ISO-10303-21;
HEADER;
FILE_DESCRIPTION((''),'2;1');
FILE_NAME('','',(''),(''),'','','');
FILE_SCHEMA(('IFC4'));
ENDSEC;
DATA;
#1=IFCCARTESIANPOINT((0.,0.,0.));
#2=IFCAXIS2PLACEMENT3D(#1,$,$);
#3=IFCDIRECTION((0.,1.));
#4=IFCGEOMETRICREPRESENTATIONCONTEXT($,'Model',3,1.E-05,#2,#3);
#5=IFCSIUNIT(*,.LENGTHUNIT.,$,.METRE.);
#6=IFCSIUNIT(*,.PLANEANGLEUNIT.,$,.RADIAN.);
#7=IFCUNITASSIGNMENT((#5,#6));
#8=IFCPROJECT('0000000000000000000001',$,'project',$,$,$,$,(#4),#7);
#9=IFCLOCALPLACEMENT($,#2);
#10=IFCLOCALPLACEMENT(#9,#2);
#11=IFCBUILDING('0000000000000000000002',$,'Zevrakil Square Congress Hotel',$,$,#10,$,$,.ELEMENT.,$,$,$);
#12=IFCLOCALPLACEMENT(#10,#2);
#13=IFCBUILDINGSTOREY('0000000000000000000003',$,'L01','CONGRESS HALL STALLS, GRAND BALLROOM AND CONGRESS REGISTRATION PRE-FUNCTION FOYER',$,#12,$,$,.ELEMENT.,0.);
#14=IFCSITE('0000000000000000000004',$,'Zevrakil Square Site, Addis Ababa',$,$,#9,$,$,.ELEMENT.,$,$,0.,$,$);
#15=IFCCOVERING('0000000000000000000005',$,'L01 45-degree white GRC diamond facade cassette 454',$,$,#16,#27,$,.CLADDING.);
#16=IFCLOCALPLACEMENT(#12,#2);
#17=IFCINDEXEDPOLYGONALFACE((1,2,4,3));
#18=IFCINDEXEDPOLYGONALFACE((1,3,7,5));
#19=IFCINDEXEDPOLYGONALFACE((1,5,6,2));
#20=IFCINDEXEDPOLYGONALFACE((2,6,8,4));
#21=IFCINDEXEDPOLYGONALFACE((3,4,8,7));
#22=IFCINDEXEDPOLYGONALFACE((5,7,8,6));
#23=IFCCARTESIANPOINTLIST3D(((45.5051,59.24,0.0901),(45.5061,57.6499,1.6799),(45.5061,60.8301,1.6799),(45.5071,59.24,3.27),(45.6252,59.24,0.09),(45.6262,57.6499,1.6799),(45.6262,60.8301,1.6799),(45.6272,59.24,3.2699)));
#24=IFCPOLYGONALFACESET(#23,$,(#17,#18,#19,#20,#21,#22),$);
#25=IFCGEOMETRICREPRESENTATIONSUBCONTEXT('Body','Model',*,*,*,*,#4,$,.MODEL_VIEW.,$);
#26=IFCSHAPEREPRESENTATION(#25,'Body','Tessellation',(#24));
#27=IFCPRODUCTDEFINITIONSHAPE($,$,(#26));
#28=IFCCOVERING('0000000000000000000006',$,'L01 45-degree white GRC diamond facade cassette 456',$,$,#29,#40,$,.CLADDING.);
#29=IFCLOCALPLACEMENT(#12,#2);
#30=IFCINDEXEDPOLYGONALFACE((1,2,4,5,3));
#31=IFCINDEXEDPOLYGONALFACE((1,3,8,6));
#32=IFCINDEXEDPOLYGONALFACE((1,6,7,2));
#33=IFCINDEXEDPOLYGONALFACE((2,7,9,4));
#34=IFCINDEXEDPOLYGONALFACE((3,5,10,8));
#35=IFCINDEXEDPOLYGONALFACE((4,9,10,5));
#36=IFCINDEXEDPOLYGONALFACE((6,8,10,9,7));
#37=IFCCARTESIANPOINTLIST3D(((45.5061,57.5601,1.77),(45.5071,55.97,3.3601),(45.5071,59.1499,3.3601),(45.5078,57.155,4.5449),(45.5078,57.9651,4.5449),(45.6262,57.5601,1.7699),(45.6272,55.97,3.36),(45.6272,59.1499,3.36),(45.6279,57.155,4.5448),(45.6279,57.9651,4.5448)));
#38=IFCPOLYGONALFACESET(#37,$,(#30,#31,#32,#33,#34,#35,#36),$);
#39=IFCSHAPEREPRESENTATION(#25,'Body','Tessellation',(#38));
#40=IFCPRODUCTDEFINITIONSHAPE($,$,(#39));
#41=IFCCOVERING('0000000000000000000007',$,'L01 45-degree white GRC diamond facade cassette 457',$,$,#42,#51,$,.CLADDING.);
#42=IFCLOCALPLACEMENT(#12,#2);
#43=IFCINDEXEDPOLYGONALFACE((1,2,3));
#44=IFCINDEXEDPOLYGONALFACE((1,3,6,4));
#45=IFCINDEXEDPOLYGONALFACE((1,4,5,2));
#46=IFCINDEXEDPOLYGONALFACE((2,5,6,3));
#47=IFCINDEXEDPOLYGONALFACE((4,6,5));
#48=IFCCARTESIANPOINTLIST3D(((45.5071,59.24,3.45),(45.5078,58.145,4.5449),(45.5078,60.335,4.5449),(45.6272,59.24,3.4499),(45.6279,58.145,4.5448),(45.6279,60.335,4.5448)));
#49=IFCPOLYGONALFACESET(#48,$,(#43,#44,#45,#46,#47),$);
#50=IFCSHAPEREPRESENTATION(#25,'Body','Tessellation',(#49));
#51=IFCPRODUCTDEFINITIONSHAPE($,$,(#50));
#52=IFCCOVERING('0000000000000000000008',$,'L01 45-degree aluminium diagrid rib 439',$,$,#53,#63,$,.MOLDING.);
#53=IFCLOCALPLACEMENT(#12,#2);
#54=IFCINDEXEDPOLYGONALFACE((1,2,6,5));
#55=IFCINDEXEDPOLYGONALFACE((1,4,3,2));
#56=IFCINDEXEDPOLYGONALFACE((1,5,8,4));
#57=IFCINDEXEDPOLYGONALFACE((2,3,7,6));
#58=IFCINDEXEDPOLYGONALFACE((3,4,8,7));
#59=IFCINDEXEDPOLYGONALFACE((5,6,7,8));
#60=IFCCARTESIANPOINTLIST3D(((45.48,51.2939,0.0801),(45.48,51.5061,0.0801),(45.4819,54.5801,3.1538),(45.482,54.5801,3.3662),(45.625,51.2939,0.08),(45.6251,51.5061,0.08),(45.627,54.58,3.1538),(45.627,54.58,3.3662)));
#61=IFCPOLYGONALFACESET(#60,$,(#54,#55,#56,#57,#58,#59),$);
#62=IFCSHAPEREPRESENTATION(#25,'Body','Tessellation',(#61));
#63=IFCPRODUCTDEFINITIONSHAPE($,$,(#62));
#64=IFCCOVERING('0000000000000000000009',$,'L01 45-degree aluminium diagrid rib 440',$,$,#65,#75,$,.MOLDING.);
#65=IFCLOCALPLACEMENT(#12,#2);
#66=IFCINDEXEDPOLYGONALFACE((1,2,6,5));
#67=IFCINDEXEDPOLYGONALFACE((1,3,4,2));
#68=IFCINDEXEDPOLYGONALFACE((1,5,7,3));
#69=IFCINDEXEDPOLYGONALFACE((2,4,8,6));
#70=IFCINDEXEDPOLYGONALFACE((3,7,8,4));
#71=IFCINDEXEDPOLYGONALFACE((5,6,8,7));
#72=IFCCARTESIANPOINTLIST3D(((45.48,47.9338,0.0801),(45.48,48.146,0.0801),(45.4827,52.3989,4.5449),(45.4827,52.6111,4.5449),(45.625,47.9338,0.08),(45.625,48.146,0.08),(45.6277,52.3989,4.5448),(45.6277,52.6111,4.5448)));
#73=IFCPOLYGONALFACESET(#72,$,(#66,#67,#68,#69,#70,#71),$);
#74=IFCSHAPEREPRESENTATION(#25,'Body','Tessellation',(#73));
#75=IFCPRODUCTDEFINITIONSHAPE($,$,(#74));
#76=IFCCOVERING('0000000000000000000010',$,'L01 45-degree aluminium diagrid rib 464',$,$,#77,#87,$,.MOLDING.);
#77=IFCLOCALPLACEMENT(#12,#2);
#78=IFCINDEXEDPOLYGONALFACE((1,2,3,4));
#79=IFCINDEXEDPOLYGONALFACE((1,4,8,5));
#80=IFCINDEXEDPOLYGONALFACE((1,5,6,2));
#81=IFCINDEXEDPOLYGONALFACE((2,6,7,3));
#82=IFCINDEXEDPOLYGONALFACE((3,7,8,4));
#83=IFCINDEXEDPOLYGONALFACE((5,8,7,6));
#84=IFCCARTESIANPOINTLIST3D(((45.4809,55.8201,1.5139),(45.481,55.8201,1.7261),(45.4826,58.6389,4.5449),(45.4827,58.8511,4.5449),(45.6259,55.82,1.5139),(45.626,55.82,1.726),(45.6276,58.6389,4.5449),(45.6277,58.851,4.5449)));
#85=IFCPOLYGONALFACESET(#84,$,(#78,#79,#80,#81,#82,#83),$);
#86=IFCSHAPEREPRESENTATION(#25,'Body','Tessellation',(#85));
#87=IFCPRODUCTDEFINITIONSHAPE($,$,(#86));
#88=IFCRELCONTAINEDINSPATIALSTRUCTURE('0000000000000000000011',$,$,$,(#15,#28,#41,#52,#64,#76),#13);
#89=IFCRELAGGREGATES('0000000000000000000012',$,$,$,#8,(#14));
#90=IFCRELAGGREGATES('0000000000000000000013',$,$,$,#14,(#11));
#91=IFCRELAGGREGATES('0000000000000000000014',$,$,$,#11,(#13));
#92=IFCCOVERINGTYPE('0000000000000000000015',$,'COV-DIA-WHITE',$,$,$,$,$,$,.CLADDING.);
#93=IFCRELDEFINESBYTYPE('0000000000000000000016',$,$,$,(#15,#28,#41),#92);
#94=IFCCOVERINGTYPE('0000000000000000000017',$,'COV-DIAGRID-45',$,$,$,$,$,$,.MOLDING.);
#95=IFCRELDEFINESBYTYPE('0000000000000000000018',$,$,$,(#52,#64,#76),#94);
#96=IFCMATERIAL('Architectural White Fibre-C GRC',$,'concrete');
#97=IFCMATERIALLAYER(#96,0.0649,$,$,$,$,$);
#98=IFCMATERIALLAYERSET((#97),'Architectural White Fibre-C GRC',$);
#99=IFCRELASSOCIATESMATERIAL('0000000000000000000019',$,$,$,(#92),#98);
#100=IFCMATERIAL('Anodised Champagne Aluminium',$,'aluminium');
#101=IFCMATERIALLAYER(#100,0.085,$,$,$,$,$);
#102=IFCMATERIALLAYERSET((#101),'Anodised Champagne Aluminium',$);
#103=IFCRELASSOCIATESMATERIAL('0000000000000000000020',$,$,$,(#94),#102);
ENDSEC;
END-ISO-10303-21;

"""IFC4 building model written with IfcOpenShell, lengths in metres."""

from ifc_helpers import new_model, si_unit, direction, frame, origin, place, context, subcontext, project, spatial, polyline, outline, extrude, material, layer, layer_set, type_object, element, save


model = new_model("IFC4")

# Units and contexts
model_context = context("Model", 3, precision=1e-05, world=origin(), true_north=direction((0.0, 1.0)))
body_context = subcontext(model_context, "Body", "Model", "MODEL_VIEW")
ifc_project = project(units=[si_unit("LENGTHUNIT", "METRE"), si_unit("PLANEANGLEUNIT", "RADIAN")], contexts=[model_context])

# Site, building, storey
site_placement = place(None, origin())
site = spatial("IfcSite", under=ifc_project, at=site_placement, Name="Zevrakil Square Site, Addis Ababa", CompositionType="ELEMENT", RefElevation=0.0)
building_placement = place(site_placement, origin())
building = spatial("IfcBuilding", under=site, at=building_placement, Name="Zevrakil Square Congress Hotel", CompositionType="ELEMENT")
storey_placement = place(building_placement, origin())
storey = spatial("IfcBuildingStorey", under=building, at=storey_placement, Name="L01", Description="CONGRESS HALL STALLS, GRAND BALLROOM AND CONGRESS REGISTRATION PRE-FUNCTION FOYER", CompositionType="ELEMENT", Elevation=0.0)

# Coverings
ifc_material_1 = material(Name="Architectural White Fibre-C GRC", Category="concrete")
ifc_layer_1 = layer(ifc_material_1, 0.0649)
ifc_layer_set_1 = layer_set([ifc_layer_1], Name="Architectural White Fibre-C GRC")
covering_type_1 = type_object("IfcCoveringType", Name="COV-DIA-WHITE", PredefinedType="CLADDING", material=ifc_layer_set_1)
covering_1_placement = place(storey_placement, frame((45.5071, 59.24, 3.27), z_axis=(-1.0, 0.0, 0.000614), x_axis=(-0.000434, -0.707107, -0.707107)))
element("IfcCovering", 1, at=covering_1_placement, inside=storey, type_object=covering_type_1, Name="L01 45-degree white GRC diamond facade cassette 454", PredefinedType="CLADDING", context=body_context, shape_type="SweptSolid", body=[
    extrude(outline(polyline([(0.0, 0.0), (2.2487, 0.0), (2.2486, -2.2486), (0.0, -2.2487), (0.0, 0.0)])), origin(), (0.0, 0.0, -1.0), 0.1201),
])
covering_2_placement = place(storey_placement, frame((45.5071, 55.97, 3.3601), z_axis=(-1.0, 0.0, 0.000616), x_axis=(-0.000436, 0.707107, -0.707107)))
element("IfcCovering", 2, at=covering_2_placement, inside=storey, type_object=covering_type_1, Name="L01 45-degree white GRC diamond facade cassette 456", PredefinedType="CLADDING", context=body_context, shape_type="SweptSolid", body=[
    extrude(outline(polyline([(0.0, 0.0), (2.2487, 0.0), (2.2486, -2.2486), (0.573, -2.2486), (0.0002, -1.6758), (0.0, 0.0)])), origin(), (0.0, 0.0, -1.0), 0.1201),
])
covering_3_placement = place(storey_placement, frame((45.5071, 59.24, 3.45), z_axis=(-1.0, 0.0, 0.000669), x_axis=(0.000473, 0.707107, 0.707107)))
element("IfcCovering", 3, at=covering_3_placement, inside=storey, type_object=covering_type_1, Name="L01 45-degree white GRC diamond facade cassette 457", PredefinedType="CLADDING", context=body_context, shape_type="SweptSolid", body=[
    extrude(outline(polyline([(0.0, 0.0), (1.5485, 0.0), (0.0, -1.5485), (0.0, 0.0)])), origin(), (0.0, 0.0, -1.0), 0.1201),
])
ifc_material_2 = material(Name="Anodised Champagne Aluminium", Category="aluminium")
ifc_layer_2 = layer(ifc_material_2, 0.085)
ifc_layer_set_2 = layer_set([ifc_layer_2], Name="Anodised Champagne Aluminium")
covering_type_2 = type_object("IfcCoveringType", Name="COV-DIAGRID-45", PredefinedType="MOLDING", material=ifc_layer_set_2)
covering_4_placement = place(storey_placement, frame((45.4819, 54.5801, 3.1538), z_axis=(-1.0, 0.000307, 0.000307), x_axis=(0.000307, 0.0, 1.0)))
element("IfcCovering", 4, at=covering_4_placement, inside=storey, type_object=covering_type_2, Name="L01 45-degree aluminium diagrid rib 439", PredefinedType="MOLDING", context=body_context, shape_type="SweptSolid", body=[
    extrude(outline(polyline([(0.0, 0.0), (0.2124, 0.0), (-3.0737, -3.2861), (-3.0737, -3.074), (0.0, 0.0)])), origin(), (0.0, 0.0, -1.0), 0.145),
])
covering_5_placement = place(storey_placement, frame((45.4827, 52.6111, 4.5449), z_axis=(-1.0, 0.0, 0.000601), x_axis=(0.0, -1.0, 0.0)))
element("IfcCovering", 5, at=covering_5_placement, inside=storey, type_object=covering_type_2, Name="L01 45-degree aluminium diagrid rib 440", PredefinedType="MOLDING", context=body_context, shape_type="SweptSolid", body=[
    extrude(outline(polyline([(0.0, 0.0), (0.2122, 0.0), (4.6772, -4.4648), (4.4651, -4.4648), (0.0, 0.0)])), origin(), (0.0, 0.0, -1.0), 0.145),
])
covering_6_placement = place(storey_placement, frame((45.4827, 58.8511, 4.5449), z_axis=(-1.0, 0.000292, 0.000292), x_axis=(-0.000292, -1.0, 0.0)))
element("IfcCovering", 6, at=covering_6_placement, inside=storey, type_object=covering_type_2, Name="L01 45-degree aluminium diagrid rib 464", PredefinedType="MOLDING", context=body_context, shape_type="SweptSolid", body=[
    extrude(outline(polyline([(0.0, 0.0), (0.2122, 0.0), (3.031, -2.8188), (3.031, -3.031), (0.0, 0.0)])), origin(), (0.0, 0.0, -1.0), 0.145),
])

save(model, "model.ifc")
